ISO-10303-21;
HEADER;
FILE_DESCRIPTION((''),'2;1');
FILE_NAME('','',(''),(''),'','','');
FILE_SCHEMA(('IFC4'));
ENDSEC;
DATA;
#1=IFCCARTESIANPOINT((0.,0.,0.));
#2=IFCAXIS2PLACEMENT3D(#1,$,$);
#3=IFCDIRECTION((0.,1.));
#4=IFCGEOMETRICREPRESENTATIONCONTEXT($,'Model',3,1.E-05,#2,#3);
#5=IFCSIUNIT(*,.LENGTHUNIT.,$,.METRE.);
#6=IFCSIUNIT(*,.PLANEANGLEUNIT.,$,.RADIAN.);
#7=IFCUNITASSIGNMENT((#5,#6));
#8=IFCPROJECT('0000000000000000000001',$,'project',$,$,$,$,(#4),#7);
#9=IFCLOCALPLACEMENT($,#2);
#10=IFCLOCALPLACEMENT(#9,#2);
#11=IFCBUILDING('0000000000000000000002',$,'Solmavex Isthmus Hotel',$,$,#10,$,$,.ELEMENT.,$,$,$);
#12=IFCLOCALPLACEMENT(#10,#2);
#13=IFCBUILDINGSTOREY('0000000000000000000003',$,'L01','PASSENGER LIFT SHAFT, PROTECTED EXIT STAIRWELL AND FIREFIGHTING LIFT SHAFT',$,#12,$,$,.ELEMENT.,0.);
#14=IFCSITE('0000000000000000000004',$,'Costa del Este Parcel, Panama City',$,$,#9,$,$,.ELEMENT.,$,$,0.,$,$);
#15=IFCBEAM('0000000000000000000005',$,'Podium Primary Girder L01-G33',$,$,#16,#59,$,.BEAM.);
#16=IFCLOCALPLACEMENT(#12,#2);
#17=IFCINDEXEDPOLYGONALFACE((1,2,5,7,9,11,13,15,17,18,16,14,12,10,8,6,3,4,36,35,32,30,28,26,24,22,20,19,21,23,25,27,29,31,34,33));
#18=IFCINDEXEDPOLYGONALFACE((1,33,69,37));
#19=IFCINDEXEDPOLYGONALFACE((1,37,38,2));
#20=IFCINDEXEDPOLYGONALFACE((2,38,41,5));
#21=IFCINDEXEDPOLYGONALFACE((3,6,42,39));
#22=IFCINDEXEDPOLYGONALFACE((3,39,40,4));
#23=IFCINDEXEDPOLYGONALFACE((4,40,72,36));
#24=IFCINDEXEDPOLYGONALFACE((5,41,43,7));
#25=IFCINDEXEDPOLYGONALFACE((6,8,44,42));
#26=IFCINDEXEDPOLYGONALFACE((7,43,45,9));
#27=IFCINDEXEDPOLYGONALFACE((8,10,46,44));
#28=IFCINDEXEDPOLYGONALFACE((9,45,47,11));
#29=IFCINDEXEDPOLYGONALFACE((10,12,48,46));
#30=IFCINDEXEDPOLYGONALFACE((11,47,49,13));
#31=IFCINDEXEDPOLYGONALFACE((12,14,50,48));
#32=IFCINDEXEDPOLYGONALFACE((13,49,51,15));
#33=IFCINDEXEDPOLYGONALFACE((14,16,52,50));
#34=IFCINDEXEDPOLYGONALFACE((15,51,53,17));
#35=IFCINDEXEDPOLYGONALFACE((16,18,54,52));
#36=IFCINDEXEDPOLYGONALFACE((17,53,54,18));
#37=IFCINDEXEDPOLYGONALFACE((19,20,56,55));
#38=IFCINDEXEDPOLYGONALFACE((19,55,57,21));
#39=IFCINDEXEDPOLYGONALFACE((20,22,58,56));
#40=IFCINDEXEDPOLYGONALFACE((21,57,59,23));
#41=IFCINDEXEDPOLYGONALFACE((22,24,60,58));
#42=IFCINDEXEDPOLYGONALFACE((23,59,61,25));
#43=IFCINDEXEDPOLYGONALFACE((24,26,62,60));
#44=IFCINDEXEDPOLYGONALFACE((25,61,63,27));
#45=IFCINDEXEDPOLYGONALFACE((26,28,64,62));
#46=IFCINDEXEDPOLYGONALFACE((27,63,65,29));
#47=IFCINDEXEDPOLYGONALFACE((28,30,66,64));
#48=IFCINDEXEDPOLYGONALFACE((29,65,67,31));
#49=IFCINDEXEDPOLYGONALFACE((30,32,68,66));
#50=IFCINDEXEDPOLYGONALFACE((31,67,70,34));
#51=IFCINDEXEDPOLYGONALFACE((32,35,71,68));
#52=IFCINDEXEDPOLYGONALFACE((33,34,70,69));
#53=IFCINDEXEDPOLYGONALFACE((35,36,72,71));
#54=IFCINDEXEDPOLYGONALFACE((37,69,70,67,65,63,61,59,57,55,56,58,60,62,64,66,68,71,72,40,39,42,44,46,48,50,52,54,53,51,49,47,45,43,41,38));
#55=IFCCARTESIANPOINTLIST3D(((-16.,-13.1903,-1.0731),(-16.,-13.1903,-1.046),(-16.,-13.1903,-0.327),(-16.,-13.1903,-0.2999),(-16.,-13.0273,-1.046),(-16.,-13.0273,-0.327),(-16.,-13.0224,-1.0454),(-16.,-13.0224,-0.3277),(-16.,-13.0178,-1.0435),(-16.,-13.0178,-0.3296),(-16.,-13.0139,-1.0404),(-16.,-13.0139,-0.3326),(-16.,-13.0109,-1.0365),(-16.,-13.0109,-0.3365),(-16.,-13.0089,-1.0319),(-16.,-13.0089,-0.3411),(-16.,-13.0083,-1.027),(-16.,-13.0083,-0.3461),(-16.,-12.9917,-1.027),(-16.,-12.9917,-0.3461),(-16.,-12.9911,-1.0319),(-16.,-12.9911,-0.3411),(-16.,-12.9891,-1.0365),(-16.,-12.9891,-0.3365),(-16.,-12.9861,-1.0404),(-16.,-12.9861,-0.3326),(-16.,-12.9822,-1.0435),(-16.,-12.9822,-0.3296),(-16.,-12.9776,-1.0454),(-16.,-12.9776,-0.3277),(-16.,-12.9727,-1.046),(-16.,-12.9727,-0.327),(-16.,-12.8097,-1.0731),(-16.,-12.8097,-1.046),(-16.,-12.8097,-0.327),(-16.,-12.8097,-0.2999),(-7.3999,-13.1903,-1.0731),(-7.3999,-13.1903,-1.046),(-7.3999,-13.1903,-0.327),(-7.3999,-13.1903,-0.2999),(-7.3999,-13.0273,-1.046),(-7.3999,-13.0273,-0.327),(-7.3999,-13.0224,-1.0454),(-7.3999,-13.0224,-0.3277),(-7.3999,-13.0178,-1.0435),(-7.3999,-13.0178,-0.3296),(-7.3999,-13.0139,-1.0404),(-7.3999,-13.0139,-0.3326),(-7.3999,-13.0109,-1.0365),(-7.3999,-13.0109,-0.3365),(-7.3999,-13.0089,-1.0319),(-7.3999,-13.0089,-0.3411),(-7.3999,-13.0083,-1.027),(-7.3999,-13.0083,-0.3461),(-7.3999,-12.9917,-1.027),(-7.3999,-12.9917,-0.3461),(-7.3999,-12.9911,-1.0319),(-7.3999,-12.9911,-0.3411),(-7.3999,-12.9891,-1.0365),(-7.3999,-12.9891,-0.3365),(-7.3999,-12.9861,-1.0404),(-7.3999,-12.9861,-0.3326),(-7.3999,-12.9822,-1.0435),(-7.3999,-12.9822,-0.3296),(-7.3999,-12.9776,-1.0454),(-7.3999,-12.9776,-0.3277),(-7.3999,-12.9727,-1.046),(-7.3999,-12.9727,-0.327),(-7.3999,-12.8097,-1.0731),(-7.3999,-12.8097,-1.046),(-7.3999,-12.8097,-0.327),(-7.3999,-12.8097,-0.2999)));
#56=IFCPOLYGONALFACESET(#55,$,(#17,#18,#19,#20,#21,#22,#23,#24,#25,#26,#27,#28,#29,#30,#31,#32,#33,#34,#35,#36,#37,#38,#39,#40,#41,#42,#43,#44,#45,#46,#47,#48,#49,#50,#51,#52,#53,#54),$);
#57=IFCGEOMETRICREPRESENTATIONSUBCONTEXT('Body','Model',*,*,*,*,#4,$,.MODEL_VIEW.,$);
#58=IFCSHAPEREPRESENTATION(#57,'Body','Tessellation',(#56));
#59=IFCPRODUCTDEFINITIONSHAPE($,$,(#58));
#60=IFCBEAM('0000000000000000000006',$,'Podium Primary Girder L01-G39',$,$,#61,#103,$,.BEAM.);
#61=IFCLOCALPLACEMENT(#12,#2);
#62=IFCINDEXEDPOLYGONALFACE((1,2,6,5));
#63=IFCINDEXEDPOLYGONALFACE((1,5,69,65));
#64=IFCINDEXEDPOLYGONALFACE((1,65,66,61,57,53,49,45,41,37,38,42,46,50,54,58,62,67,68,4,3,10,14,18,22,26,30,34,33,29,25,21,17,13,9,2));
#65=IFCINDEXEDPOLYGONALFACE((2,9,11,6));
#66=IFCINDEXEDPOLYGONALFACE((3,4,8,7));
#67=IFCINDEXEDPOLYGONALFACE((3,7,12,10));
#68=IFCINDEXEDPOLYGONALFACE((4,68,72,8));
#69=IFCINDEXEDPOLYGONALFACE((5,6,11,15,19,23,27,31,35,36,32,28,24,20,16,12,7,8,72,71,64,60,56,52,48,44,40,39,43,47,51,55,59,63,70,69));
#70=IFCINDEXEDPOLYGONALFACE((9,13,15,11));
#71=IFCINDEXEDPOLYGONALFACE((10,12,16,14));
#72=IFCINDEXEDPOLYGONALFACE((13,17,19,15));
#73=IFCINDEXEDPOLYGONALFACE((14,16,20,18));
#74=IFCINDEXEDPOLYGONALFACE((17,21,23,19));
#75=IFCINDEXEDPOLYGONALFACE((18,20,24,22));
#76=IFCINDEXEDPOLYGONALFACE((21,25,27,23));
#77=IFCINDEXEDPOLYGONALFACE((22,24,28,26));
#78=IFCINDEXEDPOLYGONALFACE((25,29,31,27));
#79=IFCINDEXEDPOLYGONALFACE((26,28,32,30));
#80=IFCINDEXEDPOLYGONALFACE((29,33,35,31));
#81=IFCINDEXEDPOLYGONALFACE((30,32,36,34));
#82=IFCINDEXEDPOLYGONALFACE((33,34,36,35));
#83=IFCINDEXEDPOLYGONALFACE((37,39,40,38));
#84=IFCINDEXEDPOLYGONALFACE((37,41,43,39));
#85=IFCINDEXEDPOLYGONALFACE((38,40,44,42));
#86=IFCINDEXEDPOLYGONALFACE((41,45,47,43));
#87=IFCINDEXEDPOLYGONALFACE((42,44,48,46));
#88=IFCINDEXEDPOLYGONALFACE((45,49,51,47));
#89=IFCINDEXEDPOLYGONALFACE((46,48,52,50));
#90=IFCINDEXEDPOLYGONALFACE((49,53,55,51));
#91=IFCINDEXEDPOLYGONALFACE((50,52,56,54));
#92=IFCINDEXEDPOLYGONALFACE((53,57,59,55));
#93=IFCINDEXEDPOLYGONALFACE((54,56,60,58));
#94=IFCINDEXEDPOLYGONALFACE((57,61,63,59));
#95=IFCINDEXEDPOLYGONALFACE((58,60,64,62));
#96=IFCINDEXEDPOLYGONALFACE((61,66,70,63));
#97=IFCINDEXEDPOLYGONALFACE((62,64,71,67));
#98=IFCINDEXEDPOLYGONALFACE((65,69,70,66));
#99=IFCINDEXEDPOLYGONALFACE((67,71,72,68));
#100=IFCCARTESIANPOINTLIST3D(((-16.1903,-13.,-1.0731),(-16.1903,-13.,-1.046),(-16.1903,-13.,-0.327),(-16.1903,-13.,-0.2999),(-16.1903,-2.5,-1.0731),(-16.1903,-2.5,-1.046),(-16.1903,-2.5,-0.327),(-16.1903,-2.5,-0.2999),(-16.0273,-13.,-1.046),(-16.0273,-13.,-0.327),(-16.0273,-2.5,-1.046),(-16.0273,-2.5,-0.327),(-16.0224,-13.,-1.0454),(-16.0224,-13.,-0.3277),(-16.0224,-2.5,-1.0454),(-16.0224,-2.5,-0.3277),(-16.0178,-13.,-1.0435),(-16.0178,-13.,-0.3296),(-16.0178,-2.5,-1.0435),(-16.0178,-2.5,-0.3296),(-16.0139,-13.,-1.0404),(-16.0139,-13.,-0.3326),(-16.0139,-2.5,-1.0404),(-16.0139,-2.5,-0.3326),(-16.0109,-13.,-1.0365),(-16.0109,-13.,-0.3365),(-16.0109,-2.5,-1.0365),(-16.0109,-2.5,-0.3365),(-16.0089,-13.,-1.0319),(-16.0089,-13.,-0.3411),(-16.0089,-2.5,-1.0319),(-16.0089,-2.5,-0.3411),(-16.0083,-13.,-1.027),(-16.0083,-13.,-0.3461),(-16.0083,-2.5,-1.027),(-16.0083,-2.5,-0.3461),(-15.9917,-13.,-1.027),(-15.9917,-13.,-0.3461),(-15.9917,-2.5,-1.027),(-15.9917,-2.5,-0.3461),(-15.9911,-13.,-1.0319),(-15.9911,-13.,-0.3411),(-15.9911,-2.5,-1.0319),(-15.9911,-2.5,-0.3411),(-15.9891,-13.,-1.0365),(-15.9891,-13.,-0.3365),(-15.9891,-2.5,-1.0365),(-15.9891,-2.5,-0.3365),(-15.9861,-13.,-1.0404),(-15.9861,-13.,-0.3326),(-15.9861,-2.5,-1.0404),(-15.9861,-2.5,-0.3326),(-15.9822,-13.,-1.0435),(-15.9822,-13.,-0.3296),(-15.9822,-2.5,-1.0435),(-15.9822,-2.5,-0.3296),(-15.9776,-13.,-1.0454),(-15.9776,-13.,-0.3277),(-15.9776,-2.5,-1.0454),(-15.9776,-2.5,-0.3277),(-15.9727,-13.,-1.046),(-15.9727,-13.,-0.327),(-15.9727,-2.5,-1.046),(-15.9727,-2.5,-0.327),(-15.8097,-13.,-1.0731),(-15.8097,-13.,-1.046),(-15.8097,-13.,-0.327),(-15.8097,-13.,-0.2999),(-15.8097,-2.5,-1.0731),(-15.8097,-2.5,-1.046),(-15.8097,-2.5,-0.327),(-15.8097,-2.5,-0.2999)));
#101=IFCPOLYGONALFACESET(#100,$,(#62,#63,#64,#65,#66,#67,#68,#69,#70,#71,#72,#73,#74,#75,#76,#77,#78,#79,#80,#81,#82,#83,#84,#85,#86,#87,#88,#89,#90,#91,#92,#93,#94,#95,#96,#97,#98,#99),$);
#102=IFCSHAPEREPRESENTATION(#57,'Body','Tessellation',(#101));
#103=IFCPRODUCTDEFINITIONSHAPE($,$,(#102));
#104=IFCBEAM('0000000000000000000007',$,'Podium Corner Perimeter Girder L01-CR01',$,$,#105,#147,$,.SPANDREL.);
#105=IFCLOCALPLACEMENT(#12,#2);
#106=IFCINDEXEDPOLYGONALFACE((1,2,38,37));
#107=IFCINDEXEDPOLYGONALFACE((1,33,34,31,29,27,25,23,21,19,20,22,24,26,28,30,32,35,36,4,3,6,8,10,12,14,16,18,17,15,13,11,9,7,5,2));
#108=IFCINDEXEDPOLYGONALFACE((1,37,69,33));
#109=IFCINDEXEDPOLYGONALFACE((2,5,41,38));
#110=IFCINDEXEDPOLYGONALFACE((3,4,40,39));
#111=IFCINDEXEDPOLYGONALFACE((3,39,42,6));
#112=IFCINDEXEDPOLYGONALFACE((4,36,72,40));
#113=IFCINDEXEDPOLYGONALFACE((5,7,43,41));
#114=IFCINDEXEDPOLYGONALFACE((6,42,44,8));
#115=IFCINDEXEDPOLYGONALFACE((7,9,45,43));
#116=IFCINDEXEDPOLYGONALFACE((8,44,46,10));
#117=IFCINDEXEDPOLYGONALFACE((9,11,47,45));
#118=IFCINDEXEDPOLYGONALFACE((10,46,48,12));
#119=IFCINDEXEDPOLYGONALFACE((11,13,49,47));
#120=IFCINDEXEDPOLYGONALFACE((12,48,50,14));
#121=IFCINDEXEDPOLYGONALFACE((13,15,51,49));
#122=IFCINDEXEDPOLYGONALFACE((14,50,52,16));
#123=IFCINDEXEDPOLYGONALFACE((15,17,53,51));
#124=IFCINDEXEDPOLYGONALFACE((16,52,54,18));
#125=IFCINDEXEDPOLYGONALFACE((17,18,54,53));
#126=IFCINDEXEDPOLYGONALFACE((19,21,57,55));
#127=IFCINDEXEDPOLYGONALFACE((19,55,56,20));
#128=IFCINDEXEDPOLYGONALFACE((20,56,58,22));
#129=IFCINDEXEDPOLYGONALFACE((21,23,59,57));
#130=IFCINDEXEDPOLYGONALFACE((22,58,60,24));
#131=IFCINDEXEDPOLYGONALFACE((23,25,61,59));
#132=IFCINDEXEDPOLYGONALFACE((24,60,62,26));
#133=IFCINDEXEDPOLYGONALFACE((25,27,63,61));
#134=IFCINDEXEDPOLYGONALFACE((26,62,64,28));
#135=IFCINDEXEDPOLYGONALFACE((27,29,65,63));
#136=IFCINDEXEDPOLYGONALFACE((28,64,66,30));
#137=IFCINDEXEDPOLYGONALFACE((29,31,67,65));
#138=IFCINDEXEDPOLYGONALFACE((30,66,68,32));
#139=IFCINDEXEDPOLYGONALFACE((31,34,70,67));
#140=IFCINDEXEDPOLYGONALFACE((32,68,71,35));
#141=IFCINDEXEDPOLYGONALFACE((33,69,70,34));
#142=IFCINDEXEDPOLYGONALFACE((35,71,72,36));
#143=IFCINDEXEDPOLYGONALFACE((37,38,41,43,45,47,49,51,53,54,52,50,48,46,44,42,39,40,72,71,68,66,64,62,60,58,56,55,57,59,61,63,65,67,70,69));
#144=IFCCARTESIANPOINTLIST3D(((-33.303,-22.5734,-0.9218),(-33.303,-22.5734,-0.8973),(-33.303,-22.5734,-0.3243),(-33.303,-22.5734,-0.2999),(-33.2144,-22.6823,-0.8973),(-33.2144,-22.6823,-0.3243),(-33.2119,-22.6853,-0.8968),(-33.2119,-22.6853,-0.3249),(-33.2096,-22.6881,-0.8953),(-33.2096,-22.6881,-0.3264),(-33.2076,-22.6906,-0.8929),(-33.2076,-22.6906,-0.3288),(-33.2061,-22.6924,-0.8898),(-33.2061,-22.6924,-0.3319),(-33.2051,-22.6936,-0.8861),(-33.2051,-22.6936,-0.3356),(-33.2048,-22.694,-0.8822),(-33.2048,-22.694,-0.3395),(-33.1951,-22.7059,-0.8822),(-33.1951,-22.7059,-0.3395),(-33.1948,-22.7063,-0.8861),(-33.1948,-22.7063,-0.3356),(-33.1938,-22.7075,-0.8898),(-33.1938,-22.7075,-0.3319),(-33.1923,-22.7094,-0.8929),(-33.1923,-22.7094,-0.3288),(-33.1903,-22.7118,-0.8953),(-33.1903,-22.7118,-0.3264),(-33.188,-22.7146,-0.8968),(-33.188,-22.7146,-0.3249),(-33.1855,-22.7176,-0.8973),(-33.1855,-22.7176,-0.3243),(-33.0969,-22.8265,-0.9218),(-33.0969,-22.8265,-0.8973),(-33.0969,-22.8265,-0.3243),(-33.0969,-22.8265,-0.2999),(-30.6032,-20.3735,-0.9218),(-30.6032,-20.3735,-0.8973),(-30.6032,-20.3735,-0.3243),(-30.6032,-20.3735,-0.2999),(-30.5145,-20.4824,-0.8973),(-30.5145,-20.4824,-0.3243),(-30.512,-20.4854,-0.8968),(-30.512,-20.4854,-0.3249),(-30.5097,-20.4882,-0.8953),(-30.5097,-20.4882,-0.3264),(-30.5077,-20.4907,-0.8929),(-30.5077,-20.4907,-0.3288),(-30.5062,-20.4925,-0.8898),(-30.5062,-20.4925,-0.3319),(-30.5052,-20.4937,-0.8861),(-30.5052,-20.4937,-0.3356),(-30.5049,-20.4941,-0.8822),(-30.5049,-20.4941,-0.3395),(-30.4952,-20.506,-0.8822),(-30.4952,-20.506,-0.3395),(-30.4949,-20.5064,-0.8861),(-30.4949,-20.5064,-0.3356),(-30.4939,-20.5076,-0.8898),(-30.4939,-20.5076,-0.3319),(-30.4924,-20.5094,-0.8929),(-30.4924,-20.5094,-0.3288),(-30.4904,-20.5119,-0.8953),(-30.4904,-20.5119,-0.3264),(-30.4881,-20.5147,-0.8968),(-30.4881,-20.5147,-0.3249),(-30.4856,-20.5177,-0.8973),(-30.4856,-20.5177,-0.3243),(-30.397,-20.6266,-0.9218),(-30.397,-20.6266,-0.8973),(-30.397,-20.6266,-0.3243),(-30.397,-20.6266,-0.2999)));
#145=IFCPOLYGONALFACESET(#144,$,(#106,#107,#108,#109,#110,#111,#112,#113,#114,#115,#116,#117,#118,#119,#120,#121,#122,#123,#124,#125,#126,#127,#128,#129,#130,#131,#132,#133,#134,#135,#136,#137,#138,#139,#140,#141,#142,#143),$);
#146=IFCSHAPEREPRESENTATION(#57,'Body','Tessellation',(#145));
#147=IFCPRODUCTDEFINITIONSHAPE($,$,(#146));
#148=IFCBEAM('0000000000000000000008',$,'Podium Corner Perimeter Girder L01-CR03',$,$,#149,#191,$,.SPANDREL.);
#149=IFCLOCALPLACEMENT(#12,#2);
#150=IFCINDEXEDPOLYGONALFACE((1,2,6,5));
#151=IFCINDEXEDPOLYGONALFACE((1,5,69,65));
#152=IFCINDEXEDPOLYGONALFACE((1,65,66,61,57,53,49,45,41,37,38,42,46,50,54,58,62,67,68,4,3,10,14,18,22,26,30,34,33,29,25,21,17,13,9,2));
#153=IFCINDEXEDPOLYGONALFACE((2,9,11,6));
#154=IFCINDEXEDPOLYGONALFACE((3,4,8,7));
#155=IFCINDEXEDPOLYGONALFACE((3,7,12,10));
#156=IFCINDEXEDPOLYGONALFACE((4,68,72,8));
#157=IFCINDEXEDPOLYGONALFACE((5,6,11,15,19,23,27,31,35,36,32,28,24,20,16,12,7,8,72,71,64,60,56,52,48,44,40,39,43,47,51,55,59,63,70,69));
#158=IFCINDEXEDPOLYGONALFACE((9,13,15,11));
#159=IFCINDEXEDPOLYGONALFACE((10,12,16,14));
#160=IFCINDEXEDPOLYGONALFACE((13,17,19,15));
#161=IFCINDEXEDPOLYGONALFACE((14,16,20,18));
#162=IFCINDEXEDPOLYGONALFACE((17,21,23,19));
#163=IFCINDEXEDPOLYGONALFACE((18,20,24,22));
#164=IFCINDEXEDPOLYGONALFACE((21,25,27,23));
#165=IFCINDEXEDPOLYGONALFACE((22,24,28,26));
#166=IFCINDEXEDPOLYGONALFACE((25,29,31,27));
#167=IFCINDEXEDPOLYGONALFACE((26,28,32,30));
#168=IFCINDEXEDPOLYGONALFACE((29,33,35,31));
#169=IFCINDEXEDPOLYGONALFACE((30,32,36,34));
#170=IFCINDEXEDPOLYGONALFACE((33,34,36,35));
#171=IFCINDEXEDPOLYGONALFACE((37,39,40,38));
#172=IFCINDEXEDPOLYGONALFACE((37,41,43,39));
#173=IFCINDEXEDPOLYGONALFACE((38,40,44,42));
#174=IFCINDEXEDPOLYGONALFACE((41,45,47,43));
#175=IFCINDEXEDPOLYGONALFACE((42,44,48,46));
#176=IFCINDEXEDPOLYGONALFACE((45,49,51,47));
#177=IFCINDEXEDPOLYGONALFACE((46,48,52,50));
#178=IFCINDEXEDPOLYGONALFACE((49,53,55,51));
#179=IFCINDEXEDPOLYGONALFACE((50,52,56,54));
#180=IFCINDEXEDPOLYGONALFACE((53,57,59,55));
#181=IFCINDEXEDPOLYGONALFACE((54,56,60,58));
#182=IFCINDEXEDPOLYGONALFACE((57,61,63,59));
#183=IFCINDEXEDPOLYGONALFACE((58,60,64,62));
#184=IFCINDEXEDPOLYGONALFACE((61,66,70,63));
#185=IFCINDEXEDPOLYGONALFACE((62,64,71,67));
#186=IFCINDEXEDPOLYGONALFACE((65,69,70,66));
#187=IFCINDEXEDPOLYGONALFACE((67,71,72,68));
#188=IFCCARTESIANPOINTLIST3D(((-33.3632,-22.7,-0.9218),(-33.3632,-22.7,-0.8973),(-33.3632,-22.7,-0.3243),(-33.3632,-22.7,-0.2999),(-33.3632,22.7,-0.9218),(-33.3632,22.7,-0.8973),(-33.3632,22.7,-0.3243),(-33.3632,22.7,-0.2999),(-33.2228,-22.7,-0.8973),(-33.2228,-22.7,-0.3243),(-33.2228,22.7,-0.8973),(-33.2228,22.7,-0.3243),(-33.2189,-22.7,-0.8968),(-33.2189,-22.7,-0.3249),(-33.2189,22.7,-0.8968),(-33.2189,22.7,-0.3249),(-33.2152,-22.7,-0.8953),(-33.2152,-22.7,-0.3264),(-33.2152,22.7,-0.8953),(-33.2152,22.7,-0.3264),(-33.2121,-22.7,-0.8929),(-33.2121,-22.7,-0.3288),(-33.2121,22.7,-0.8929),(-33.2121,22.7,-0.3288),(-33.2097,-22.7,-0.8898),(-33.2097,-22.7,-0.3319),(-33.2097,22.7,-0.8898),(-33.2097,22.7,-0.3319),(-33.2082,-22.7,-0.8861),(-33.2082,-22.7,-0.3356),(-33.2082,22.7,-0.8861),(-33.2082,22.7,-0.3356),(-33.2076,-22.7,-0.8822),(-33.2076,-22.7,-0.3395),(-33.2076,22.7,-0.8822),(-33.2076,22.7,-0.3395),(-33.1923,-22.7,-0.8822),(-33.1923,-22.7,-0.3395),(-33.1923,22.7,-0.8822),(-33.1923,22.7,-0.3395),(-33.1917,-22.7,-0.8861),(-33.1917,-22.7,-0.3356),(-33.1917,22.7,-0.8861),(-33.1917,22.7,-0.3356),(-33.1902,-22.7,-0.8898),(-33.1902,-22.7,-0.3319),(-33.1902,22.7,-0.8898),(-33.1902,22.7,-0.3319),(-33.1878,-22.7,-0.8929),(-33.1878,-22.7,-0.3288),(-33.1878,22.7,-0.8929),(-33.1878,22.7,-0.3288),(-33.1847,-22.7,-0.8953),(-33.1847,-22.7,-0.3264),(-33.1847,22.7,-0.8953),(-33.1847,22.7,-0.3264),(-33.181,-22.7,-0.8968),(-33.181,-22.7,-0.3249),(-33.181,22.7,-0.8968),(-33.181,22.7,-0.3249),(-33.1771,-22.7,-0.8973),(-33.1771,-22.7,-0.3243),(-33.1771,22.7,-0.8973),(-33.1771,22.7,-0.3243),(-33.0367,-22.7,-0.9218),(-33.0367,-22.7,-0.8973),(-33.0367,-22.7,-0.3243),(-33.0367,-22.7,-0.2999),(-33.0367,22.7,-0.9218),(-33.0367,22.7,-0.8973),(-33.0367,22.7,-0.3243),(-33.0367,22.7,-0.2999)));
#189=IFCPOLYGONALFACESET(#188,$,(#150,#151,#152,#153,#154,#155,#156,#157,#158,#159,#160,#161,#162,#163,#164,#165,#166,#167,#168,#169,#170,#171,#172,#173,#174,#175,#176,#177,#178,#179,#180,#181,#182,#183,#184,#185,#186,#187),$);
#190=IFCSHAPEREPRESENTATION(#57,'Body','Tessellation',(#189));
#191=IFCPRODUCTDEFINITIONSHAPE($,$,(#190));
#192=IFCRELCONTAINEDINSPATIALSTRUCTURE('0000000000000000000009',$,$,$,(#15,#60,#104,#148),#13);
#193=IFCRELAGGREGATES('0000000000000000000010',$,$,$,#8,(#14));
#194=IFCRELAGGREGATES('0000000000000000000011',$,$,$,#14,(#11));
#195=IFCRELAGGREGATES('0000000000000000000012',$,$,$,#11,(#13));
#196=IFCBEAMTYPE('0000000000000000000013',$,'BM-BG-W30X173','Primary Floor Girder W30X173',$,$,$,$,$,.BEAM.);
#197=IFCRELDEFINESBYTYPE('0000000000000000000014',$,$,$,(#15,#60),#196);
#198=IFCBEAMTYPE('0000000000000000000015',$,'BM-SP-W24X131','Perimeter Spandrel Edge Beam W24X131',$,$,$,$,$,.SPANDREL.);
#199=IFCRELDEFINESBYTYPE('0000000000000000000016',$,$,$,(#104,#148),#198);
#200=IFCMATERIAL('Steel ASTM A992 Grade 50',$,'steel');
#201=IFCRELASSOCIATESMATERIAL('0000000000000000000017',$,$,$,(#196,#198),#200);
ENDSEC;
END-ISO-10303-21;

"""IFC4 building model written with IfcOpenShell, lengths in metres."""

from ifc_helpers import new_model, si_unit, direction, frame, origin, origin_2d, place, context, subcontext, project, spatial, i_section, extrude, material, material_profile, profile_set, type_object, element, save


model = new_model("IFC4")

# Units and contexts
model_context = context("Model", 3, precision=1e-05, world=origin(), true_north=direction((0.0, 1.0)))
body_context = subcontext(model_context, "Body", "Model", "MODEL_VIEW")
ifc_project = project(units=[si_unit("LENGTHUNIT", "METRE"), si_unit("PLANEANGLEUNIT", "RADIAN")], contexts=[model_context])

# Site, building, storey
site_placement = place(None, origin())
site = spatial("IfcSite", under=ifc_project, at=site_placement, Name="Costa del Este Parcel, Panama City", CompositionType="ELEMENT", RefElevation=0.0)
building_placement = place(site_placement, origin())
building = spatial("IfcBuilding", under=site, at=building_placement, Name="Solmavex Isthmus Hotel", CompositionType="ELEMENT")
storey_placement = place(building_placement, origin())
storey = spatial("IfcBuildingStorey", under=building, at=storey_placement, Name="L01", Description="PASSENGER LIFT SHAFT, PROTECTED EXIT STAIRWELL AND FIREFIGHTING LIFT SHAFT", CompositionType="ELEMENT", Elevation=0.0)

# Beams
ifc_material_1 = material(Name="Steel ASTM A992 Grade 50", Category="steel")
ifc_material_profile_1 = material_profile(ifc_material_1, i_section(OverallWidth=0.3806, OverallDepth=0.7732, WebThickness=0.0166, FlangeThickness=0.0271, FilletRadius=0.019, at=origin_2d()), Name="W30X173")
ifc_profile_set_1 = profile_set([ifc_material_profile_1], Name="Steel ASTM A992 Grade 50")
beam_type_1 = type_object("IfcBeamType", Name="BM-BG-W30X173", Description="Primary Floor Girder W30X173", PredefinedType="BEAM", material=ifc_profile_set_1)
beam_1_placement = place(storey_placement, frame((-16.0, -13.0, -0.6865), z_axis=(1.0, 0.0, 0.0), x_axis=(0.0, 1.0, 0.0)))
element("IfcBeam", 1, at=beam_1_placement, inside=storey, type_object=beam_type_1, Name="Podium Primary Girder L01-G33", PredefinedType="BEAM", context=body_context, shape_type="SweptSolid", body=[
    extrude(i_section(OverallWidth=0.3806, OverallDepth=0.7732, WebThickness=0.0166, FlangeThickness=0.0271, FilletRadius=0.019, at=origin_2d()), origin(), (0.0, 0.0, 1.0), 8.6001),
])
beam_2_placement = place(storey_placement, frame((-16.0, -13.0, -0.6865), z_axis=(0.0, 1.0, 0.0), x_axis=(-1.0, 0.0, 0.0)))
element("IfcBeam", 2, at=beam_2_placement, inside=storey, type_object=beam_type_1, Name="Podium Primary Girder L01-G39", PredefinedType="BEAM", context=body_context, shape_type="SweptSolid", body=[
    extrude(i_section(OverallWidth=0.3806, OverallDepth=0.7732, WebThickness=0.0166, FlangeThickness=0.0271, FilletRadius=0.019, at=origin_2d()), origin(), (0.0, 0.0, 1.0), 10.5),
])
ifc_material_profile_2 = material_profile(ifc_material_1, i_section(OverallWidth=0.3264, OverallDepth=0.6218, WebThickness=0.0154, FlangeThickness=0.0244, FilletRadius=0.0151, at=origin_2d()), Name="W24X131")
ifc_profile_set_2 = profile_set([ifc_material_profile_2], Name="Steel ASTM A992 Grade 50")
beam_type_2 = type_object("IfcBeamType", Name="BM-SP-W24X131", Description="Perimeter Spandrel Edge Beam W24X131", PredefinedType="SPANDREL", material=ifc_profile_set_2)
beam_3_placement = place(storey_placement, frame((-33.2, -22.7, -0.6108), z_axis=(0.775236, 0.631671, 0.0), x_axis=(-0.631671, 0.775236, 0.0)))
element("IfcBeam", 3, at=beam_3_placement, inside=storey, type_object=beam_type_2, Name="Podium Corner Perimeter Girder L01-CR01", PredefinedType="SPANDREL", context=body_context, shape_type="SweptSolid", body=[
    extrude(i_section(OverallWidth=0.3264, OverallDepth=0.6218, WebThickness=0.0154, FlangeThickness=0.0244, FilletRadius=0.0151, at=origin_2d()), origin(), (0.0, 0.0, 1.0), 3.4827),
])
beam_4_placement = place(storey_placement, frame((-33.2, -22.7, -0.6108), z_axis=(0.0, 1.0, 0.0), x_axis=(-1.0, 0.0, 0.0)))
element("IfcBeam", 4, at=beam_4_placement, inside=storey, type_object=beam_type_2, Name="Podium Corner Perimeter Girder L01-CR03", PredefinedType="SPANDREL", context=body_context, shape_type="SweptSolid", body=[
    extrude(i_section(OverallWidth=0.3264, OverallDepth=0.6218, WebThickness=0.0154, FlangeThickness=0.0244, FilletRadius=0.0151, at=origin_2d()), origin(), (0.0, 0.0, 1.0), 45.3999),
])

save(model, "model.ifc")
